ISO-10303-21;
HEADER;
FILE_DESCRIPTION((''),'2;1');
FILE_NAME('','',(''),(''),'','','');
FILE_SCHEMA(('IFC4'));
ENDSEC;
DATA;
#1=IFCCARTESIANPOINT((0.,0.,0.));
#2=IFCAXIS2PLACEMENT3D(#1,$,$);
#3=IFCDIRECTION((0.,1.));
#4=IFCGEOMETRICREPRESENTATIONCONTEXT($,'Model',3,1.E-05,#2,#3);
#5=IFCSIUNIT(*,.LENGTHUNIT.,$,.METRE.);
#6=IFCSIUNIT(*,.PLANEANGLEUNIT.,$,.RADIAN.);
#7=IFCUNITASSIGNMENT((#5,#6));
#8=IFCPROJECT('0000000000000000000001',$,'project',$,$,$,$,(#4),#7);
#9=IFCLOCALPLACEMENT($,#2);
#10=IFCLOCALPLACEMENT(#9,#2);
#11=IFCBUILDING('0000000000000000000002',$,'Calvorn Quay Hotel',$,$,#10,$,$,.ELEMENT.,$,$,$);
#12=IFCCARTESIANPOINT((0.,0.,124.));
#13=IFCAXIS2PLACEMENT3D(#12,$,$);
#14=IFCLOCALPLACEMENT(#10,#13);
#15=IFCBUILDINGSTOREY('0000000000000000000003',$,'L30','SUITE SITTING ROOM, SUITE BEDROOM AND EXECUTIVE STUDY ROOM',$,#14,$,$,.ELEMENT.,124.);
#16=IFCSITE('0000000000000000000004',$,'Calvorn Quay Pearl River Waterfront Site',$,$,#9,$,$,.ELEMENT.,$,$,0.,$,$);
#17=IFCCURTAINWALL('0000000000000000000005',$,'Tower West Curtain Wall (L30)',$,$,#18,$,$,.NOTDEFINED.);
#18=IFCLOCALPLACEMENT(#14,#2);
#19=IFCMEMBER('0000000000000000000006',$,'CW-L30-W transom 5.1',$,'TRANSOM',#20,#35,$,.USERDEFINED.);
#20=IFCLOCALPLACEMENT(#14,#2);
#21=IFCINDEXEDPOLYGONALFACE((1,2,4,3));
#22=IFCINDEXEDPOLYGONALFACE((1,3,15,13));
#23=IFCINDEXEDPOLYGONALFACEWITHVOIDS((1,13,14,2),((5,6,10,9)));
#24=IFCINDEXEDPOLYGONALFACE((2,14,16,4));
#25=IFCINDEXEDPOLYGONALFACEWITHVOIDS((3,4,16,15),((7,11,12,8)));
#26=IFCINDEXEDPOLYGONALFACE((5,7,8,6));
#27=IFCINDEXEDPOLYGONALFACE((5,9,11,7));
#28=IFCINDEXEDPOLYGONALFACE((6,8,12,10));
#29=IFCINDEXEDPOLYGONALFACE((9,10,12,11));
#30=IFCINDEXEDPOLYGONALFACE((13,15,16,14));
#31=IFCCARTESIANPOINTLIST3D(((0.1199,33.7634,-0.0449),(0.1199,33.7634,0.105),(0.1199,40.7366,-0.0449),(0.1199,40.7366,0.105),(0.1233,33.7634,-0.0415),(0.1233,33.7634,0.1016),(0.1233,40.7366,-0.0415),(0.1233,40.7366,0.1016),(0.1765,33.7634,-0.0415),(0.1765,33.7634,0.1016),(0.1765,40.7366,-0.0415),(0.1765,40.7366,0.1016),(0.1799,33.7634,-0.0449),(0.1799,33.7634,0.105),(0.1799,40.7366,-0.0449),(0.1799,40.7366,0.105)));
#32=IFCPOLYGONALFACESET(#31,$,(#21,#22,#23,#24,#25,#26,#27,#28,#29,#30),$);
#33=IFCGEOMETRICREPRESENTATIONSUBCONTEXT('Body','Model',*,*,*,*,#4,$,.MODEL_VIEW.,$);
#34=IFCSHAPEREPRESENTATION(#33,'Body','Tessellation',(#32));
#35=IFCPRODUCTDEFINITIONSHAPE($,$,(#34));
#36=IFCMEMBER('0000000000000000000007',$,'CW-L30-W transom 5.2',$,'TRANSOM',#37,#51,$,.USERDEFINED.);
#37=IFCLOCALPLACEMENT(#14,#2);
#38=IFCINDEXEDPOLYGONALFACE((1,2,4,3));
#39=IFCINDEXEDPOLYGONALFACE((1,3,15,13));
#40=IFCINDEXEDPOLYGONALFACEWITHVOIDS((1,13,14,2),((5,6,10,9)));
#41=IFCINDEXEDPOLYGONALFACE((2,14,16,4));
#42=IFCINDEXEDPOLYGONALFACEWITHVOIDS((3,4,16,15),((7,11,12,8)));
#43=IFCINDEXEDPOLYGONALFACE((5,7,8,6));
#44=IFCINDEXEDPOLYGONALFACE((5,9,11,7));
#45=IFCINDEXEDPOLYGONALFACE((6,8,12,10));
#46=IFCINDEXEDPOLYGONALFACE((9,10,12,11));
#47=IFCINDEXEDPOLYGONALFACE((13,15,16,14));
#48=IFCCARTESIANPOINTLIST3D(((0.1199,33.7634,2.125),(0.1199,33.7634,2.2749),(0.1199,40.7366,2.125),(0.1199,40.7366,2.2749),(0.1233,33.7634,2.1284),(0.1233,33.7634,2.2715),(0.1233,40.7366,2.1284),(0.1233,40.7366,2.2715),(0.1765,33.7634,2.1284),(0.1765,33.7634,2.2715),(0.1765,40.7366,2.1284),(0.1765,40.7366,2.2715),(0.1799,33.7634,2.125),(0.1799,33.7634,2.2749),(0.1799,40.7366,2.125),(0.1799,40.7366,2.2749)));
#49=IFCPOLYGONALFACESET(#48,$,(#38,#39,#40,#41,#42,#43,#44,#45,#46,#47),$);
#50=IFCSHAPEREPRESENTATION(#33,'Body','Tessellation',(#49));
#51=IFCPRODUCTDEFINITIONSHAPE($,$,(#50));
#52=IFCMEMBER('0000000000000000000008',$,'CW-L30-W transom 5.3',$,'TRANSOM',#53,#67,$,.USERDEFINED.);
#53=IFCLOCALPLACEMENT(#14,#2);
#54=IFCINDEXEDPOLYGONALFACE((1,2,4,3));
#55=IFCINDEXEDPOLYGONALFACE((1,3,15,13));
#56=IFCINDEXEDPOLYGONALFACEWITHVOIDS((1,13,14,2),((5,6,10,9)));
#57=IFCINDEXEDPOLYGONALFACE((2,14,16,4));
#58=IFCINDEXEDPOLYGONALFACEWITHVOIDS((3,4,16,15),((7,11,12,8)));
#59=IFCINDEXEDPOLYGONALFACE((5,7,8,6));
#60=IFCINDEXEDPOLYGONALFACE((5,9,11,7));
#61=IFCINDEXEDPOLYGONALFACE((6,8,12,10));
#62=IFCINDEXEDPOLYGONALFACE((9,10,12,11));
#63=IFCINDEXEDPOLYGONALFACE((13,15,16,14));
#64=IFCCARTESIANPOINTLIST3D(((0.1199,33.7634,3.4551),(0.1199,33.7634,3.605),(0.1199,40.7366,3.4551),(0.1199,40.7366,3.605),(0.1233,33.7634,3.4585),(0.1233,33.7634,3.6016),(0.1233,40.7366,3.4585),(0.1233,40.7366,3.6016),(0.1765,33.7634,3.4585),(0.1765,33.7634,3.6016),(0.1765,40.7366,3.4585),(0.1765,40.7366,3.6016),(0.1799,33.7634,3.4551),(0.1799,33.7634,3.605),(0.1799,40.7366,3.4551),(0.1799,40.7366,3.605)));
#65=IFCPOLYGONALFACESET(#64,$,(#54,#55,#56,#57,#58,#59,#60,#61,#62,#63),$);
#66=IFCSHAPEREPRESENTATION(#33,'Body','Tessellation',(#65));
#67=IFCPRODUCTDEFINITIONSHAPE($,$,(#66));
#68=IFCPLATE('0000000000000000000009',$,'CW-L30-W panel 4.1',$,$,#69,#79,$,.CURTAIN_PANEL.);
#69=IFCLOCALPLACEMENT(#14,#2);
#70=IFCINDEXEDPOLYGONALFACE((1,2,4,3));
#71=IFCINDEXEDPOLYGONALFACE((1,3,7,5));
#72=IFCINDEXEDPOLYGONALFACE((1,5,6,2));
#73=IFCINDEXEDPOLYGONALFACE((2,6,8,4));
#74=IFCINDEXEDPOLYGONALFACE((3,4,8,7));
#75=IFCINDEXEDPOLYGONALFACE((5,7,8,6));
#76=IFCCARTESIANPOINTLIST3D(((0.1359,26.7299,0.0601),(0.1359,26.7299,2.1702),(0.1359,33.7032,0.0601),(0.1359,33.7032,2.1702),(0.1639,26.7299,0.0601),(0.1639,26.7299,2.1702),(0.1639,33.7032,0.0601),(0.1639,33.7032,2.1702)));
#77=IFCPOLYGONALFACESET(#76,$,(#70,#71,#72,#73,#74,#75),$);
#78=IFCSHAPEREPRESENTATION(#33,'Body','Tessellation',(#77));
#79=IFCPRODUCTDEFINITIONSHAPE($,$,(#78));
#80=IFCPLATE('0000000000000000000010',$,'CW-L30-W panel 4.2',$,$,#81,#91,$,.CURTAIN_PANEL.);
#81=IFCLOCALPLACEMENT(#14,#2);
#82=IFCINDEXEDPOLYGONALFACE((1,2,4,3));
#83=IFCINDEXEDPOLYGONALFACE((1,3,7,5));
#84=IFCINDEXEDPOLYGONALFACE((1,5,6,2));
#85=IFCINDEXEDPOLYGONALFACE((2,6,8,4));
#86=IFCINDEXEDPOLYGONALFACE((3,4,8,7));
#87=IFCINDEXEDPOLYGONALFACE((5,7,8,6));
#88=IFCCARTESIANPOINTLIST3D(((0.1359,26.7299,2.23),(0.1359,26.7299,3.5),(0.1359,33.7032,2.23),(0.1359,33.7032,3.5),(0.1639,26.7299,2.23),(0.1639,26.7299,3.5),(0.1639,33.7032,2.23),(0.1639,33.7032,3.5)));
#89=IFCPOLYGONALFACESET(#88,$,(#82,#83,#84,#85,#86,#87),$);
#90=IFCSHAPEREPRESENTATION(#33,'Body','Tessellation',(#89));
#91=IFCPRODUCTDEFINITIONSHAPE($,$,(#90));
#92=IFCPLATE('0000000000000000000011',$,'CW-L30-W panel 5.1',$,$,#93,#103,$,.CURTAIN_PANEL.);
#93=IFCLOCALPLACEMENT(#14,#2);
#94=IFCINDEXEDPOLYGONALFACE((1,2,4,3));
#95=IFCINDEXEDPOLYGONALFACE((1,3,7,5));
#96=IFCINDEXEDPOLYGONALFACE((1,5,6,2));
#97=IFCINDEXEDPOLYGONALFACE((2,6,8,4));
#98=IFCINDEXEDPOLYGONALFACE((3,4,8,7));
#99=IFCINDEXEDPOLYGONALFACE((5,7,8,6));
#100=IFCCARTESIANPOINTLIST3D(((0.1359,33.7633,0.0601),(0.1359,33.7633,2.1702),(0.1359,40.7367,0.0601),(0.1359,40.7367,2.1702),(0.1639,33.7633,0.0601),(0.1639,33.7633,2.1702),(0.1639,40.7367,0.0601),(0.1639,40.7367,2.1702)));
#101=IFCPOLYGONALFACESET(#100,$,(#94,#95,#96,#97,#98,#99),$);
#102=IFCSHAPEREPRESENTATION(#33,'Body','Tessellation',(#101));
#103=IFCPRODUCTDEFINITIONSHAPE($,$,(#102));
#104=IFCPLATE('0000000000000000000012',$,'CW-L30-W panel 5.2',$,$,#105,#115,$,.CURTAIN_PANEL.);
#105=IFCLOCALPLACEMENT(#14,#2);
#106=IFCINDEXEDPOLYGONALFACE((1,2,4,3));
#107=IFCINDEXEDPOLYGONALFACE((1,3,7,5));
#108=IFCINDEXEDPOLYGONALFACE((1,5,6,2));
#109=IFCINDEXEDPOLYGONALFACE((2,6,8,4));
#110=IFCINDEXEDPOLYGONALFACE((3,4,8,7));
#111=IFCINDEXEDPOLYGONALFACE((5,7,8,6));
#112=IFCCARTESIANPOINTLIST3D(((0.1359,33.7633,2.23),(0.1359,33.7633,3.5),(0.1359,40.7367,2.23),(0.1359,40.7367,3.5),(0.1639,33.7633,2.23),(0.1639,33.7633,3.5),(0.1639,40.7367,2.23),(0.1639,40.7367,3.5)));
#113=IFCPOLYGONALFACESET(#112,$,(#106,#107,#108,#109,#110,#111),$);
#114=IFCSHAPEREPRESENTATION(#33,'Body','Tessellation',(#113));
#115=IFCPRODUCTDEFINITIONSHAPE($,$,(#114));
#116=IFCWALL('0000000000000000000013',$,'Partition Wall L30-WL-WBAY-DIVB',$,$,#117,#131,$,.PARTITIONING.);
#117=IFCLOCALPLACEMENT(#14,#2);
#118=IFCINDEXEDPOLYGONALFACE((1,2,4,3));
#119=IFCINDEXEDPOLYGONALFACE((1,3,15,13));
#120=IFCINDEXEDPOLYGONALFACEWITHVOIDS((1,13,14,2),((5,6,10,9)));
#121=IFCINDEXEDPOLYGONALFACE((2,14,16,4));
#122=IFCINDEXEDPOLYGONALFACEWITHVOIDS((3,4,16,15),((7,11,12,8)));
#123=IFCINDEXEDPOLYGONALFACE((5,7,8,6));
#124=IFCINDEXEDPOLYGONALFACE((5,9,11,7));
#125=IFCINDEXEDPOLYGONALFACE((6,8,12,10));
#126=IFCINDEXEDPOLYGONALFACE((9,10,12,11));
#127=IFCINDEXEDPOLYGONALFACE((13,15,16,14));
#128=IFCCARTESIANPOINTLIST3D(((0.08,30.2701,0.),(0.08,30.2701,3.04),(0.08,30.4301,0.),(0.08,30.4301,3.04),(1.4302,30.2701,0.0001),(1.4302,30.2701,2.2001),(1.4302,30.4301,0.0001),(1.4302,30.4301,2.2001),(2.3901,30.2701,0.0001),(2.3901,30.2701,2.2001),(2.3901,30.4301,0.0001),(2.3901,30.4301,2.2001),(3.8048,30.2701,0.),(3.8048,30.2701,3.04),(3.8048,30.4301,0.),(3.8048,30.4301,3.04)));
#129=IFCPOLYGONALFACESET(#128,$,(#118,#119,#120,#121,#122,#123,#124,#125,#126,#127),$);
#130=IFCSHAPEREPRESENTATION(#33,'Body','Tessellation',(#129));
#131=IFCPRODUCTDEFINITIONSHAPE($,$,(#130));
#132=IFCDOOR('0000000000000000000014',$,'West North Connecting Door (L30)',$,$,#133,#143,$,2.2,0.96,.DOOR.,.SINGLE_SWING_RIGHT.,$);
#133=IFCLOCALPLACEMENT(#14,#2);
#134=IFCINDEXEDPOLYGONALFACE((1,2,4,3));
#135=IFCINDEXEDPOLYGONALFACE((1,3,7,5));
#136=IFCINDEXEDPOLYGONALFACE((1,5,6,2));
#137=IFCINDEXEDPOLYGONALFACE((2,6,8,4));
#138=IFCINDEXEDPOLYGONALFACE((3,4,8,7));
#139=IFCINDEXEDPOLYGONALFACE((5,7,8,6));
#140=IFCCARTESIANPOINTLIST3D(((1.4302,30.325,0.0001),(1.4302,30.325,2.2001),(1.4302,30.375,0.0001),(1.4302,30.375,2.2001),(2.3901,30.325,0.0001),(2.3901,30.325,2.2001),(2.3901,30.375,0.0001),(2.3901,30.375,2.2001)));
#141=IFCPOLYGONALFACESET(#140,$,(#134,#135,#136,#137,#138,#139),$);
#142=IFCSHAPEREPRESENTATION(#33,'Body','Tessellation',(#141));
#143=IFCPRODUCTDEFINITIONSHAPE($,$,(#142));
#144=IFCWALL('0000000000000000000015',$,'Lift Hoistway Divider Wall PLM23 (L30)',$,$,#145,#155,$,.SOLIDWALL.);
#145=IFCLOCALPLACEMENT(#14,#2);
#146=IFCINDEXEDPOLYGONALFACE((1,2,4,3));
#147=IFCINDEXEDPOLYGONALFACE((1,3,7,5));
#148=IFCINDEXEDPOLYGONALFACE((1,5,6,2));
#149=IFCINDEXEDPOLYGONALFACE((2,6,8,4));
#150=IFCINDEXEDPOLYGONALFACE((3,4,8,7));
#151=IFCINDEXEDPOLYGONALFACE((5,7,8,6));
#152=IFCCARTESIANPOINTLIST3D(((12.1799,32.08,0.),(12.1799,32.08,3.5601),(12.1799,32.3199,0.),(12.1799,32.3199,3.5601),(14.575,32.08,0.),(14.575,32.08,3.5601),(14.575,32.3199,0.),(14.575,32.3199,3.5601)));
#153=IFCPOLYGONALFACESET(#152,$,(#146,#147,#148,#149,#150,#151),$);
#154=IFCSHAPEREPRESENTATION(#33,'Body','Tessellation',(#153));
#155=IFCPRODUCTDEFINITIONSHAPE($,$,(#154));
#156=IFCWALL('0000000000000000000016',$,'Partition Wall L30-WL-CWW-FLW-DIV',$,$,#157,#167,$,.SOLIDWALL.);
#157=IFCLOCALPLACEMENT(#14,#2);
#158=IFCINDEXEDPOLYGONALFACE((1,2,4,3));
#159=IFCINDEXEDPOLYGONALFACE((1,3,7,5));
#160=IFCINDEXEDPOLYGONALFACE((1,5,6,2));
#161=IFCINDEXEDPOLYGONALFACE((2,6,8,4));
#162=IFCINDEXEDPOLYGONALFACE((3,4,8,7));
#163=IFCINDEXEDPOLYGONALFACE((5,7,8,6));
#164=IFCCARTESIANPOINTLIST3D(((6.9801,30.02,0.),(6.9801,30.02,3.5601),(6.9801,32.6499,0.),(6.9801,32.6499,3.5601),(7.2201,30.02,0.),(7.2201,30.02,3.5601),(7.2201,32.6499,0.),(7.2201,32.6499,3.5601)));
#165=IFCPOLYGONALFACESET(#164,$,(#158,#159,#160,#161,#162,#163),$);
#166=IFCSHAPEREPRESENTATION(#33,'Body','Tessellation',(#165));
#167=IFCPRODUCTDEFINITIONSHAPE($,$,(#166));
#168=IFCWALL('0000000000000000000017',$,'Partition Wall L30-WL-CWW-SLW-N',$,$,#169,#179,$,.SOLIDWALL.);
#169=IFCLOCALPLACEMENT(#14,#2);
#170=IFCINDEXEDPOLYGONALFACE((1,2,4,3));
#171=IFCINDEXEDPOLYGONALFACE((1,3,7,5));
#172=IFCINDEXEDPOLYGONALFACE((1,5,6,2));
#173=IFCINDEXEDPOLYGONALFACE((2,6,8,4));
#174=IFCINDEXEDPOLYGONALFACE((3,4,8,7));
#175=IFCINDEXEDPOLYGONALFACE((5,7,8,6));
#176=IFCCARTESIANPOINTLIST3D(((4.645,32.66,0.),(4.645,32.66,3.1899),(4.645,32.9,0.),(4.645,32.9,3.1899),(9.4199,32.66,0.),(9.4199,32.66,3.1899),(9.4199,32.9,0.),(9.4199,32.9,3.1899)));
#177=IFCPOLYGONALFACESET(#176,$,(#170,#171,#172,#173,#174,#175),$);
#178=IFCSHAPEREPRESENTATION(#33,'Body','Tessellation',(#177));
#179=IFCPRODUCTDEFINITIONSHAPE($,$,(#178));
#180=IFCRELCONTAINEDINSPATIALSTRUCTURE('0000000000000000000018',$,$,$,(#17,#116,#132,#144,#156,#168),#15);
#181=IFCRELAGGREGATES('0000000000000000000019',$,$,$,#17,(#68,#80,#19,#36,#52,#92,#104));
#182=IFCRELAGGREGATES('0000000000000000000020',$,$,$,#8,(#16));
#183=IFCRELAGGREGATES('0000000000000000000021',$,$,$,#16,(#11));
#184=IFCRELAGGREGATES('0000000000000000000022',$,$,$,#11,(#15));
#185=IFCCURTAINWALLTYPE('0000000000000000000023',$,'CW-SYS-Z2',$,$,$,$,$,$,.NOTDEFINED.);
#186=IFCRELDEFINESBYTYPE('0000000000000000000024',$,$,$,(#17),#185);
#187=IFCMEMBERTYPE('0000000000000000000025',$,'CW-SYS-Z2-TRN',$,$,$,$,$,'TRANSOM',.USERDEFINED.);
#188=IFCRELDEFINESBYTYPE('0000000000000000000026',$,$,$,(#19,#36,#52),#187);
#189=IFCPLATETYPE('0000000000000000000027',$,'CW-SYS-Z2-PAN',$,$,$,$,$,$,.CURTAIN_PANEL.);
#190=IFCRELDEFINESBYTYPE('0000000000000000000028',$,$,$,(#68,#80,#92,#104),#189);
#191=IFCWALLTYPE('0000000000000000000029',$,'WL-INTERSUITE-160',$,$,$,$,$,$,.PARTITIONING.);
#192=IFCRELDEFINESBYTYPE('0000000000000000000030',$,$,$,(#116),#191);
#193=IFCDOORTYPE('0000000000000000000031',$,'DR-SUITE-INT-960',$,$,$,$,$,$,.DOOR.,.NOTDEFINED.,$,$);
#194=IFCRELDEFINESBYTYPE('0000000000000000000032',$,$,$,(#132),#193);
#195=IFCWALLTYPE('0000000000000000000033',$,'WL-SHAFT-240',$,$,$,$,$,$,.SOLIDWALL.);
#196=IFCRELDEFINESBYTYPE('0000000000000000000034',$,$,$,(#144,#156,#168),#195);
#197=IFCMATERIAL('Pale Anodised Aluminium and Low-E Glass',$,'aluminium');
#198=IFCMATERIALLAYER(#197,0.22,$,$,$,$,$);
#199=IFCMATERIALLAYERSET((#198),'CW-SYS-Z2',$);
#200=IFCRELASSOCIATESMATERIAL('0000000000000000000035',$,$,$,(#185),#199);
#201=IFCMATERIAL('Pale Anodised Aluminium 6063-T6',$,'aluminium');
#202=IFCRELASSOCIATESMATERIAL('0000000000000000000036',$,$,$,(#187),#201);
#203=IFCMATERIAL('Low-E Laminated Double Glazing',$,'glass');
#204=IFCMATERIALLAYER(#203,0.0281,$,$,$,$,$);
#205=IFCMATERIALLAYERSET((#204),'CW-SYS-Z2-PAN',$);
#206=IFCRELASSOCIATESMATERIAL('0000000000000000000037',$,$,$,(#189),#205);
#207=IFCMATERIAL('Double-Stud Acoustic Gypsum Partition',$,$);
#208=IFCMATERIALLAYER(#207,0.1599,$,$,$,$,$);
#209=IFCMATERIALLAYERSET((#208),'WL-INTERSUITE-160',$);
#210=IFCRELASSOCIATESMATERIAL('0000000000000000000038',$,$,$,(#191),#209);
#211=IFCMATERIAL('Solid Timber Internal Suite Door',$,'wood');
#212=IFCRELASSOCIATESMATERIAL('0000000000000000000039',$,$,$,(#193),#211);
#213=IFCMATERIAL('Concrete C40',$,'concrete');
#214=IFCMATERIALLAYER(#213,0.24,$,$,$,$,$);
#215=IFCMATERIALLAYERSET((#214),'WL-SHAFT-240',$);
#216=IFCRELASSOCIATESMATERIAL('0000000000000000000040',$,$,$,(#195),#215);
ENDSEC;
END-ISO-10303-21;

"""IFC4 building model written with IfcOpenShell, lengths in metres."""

from ifc_helpers import new_model, si_unit, direction, frame, frame_2d, origin, origin_2d, place, context, subcontext, project, spatial, rectangle, hollow_rectangle, extrude, material, layer, layer_set, material_profile, profile_set, type_object, element, fill, aggregate, save


model = new_model("IFC4")

# Units and contexts
model_context = context("Model", 3, precision=1e-05, world=origin(), true_north=direction((0.0, 1.0)))
body_context = subcontext(model_context, "Body", "Model", "MODEL_VIEW")
ifc_project = project(units=[si_unit("LENGTHUNIT", "METRE"), si_unit("PLANEANGLEUNIT", "RADIAN")], contexts=[model_context])

# Site, building, storey
site_placement = place(None, origin())
site = spatial("IfcSite", under=ifc_project, at=site_placement, Name="Calvorn Quay Pearl River Waterfront Site", CompositionType="ELEMENT", RefElevation=0.0)
building_placement = place(site_placement, origin())
building = spatial("IfcBuilding", under=site, at=building_placement, Name="Calvorn Quay Hotel", CompositionType="ELEMENT")
storey_placement = place(building_placement, frame((0.0, 0.0, 124.0)))
storey = spatial("IfcBuildingStorey", under=building, at=storey_placement, Name="L30", Description="SUITE SITTING ROOM, SUITE BEDROOM AND EXECUTIVE STUDY ROOM", CompositionType="ELEMENT", Elevation=124.0)

# Curtain wall, members, plates
ifc_material_1 = material(Name="Pale Anodised Aluminium and Low-E Glass", Category="aluminium")
ifc_layer_1 = layer(ifc_material_1, 0.22)
ifc_layer_set_1 = layer_set([ifc_layer_1], Name="CW-SYS-Z2")
curtain_wall_type = type_object("IfcCurtainWallType", Name="CW-SYS-Z2", PredefinedType="NOTDEFINED", material=ifc_layer_set_1)
curtain_wall_placement = place(storey_placement, origin())
curtain_wall = element("IfcCurtainWall", 1, at=curtain_wall_placement, inside=storey, type_object=curtain_wall_type, Name="Tower West Curtain Wall (L30)", PredefinedType="NOTDEFINED")
ifc_material_2 = material(Name="Pale Anodised Aluminium 6063-T6", Category="aluminium")
ifc_material_profile_1 = material_profile(ifc_material_2, hollow_rectangle(XDim=0.0601, YDim=0.1499, WallThickness=0.0034, at=origin_2d()), Name="ALU-T150x60x3.5")
ifc_profile_set_1 = profile_set([ifc_material_profile_1], Name="Pale Anodised Aluminium 6063-T6")
member_type_1 = type_object("IfcMemberType", Name="CW-SYS-Z2-TRN", ElementType="TRANSOM", PredefinedType="USERDEFINED", material=ifc_profile_set_1)
member_1_placement = place(storey_placement, frame((0.1499, 33.7634, 0.03), z_axis=(0.0, 1.0, 0.0), x_axis=(-1.0, 0.0, 0.0)))
member_1 = element("IfcMember", 2, at=member_1_placement, type_object=member_type_1, Name="CW-L30-W transom 5.1", ObjectType="TRANSOM", PredefinedType="USERDEFINED", context=body_context, shape_type="SweptSolid", body=[
    extrude(hollow_rectangle(XDim=0.0601, YDim=0.1499, WallThickness=0.0034, at=origin_2d()), origin(), (0.0, 0.0, 1.0), 6.9731),
])
member_2_placement = place(storey_placement, frame((0.1499, 33.7634, 2.2), z_axis=(0.0, 1.0, 0.0), x_axis=(-1.0, 0.0, 0.0)))
member_2 = element("IfcMember", 3, at=member_2_placement, type_object=member_type_1, Name="CW-L30-W transom 5.2", ObjectType="TRANSOM", PredefinedType="USERDEFINED", context=body_context, shape_type="SweptSolid", body=[
    extrude(hollow_rectangle(XDim=0.0601, YDim=0.1499, WallThickness=0.0034, at=origin_2d()), origin(), (0.0, 0.0, 1.0), 6.9731),
])
member_3_placement = place(storey_placement, frame((0.1499, 33.7634, 3.53), z_axis=(0.0, 1.0, 0.0), x_axis=(-1.0, 0.0, 0.0)))
member_3 = element("IfcMember", 4, at=member_3_placement, type_object=member_type_1, Name="CW-L30-W transom 5.3", ObjectType="TRANSOM", PredefinedType="USERDEFINED", context=body_context, shape_type="SweptSolid", body=[
    extrude(hollow_rectangle(XDim=0.0601, YDim=0.1499, WallThickness=0.0034, at=origin_2d()), origin(), (0.0, 0.0, 1.0), 6.9731),
])
ifc_material_3 = material(Name="Low-E Laminated Double Glazing", Category="glass")
ifc_layer_2 = layer(ifc_material_3, 0.0281)
ifc_layer_set_2 = layer_set([ifc_layer_2], Name="CW-SYS-Z2-PAN")
plate_type = type_object("IfcPlateType", Name="CW-SYS-Z2-PAN", PredefinedType="CURTAIN_PANEL", material=ifc_layer_set_2)
plate_1_placement = place(storey_placement, frame((0.1499, 30.2166, 0.0601), z_axis=(0.0, 0.0, 1.0), x_axis=(0.0, 1.0, 0.0)))
plate_1 = element("IfcPlate", 5, at=plate_1_placement, type_object=plate_type, Name="CW-L30-W panel 4.1", PredefinedType="CURTAIN_PANEL", context=body_context, shape_type="SweptSolid", body=[
    extrude(rectangle(XDim=6.9734, YDim=0.0281, at=origin_2d()), origin(), (0.0, 0.0, 1.0), 2.1101),
])
plate_2_placement = place(storey_placement, frame((0.1499, 30.2166, 2.23), z_axis=(0.0, 0.0, 1.0), x_axis=(0.0, 1.0, 0.0)))
plate_2 = element("IfcPlate", 6, at=plate_2_placement, type_object=plate_type, Name="CW-L30-W panel 4.2", PredefinedType="CURTAIN_PANEL", context=body_context, shape_type="SweptSolid", body=[
    extrude(rectangle(XDim=6.9734, YDim=0.0281, at=origin_2d()), origin(), (0.0, 0.0, 1.0), 1.27),
])
plate_3_placement = place(storey_placement, frame((0.1499, 37.25, 0.0601), z_axis=(0.0, 0.0, 1.0), x_axis=(0.0, 1.0, 0.0)))
plate_3 = element("IfcPlate", 7, at=plate_3_placement, type_object=plate_type, Name="CW-L30-W panel 5.1", PredefinedType="CURTAIN_PANEL", context=body_context, shape_type="SweptSolid", body=[
    extrude(rectangle(XDim=6.9734, YDim=0.0281, at=origin_2d()), origin(), (0.0, 0.0, 1.0), 2.1101),
])
plate_4_placement = place(storey_placement, frame((0.1499, 37.25, 2.23), z_axis=(0.0, 0.0, 1.0), x_axis=(0.0, 1.0, 0.0)))
plate_4 = element("IfcPlate", 8, at=plate_4_placement, type_object=plate_type, Name="CW-L30-W panel 5.2", PredefinedType="CURTAIN_PANEL", context=body_context, shape_type="SweptSolid", body=[
    extrude(rectangle(XDim=6.9734, YDim=0.0281, at=origin_2d()), origin(), (0.0, 0.0, 1.0), 1.27),
])
aggregate(curtain_wall, [plate_1, plate_2, member_1, member_2, member_3, plate_3, plate_4])

# Wall, opening, door
ifc_material_4 = material(Name="Double-Stud Acoustic Gypsum Partition")
ifc_layer_3 = layer(ifc_material_4, 0.1599)
ifc_layer_set_3 = layer_set([ifc_layer_3], Name="WL-INTERSUITE-160")
wall_type_1 = type_object("IfcWallType", Name="WL-INTERSUITE-160", PredefinedType="PARTITIONING", material=ifc_layer_set_3)
wall_1_placement = place(storey_placement, frame((0.0801, 30.3501, 0.0), z_axis=(0.0, 0.0, 1.0), x_axis=(1.0, 0.0, 0.0)))
wall_1 = element("IfcWall", 9, at=wall_1_placement, inside=storey, type_object=wall_type_1, Name="Partition Wall L30-WL-WBAY-DIVB", PredefinedType="PARTITIONING", context=body_context, shape_type="SweptSolid", body=[
    extrude(rectangle(XDim=3.7249, YDim=0.1599, at=frame_2d((1.8623, 0.0))), origin(), (0.0, 0.0, 1.0), 3.04),
])
opening_1_placement = place(wall_1_placement, frame((1.3501, 0.0, 0.0)))
opening_1 = element("IfcOpeningElement", 10, at=opening_1_placement, cuts=wall_1, PredefinedType="OPENING", context=body_context, shape_type="SweptSolid", body=[
    extrude(rectangle(XDim=0.96, YDim=2.2, at=frame_2d((0.48, 1.1001))), frame((0.0, 0.0898, 0.0), z_axis=(0.0, -1.0, 0.0), x_axis=(1.0, 0.0, 0.0)), (0.0, 0.0, 1.0), 0.1799),
])
ifc_material_5 = material(Name="Solid Timber Internal Suite Door", Category="wood")
door_type_1 = type_object("IfcDoorType", Name="DR-SUITE-INT-960", OperationType="NOTDEFINED", PredefinedType="DOOR", material=ifc_material_5)
door_1_placement = place(opening_1_placement, origin())
door_1 = element("IfcDoor", 11, at=door_1_placement, inside=storey, type_object=door_type_1, Name="West North Connecting Door (L30)", OperationType="SINGLE_SWING_RIGHT", OverallHeight=2.2, OverallWidth=0.96, PredefinedType="DOOR", context=body_context, shape_type="SweptSolid", body=[
    extrude(rectangle(XDim=0.96, YDim=2.2, at=frame_2d((0.48, 1.1001))), frame((0.0, 0.0249, 0.0), z_axis=(0.0, -1.0, 0.0), x_axis=(1.0, 0.0, 0.0)), (0.0, 0.0, 1.0), 0.05),
])
fill(opening_1, door_1)

# Walls
ifc_material_6 = material(Name="Concrete C40", Category="concrete")
ifc_layer_4 = layer(ifc_material_6, 0.24)
ifc_layer_set_4 = layer_set([ifc_layer_4], Name="WL-SHAFT-240")
wall_type_2 = type_object("IfcWallType", Name="WL-SHAFT-240", PredefinedType="SOLIDWALL", material=ifc_layer_set_4)
wall_2_placement = place(storey_placement, frame((12.1799, 32.2, 0.0), z_axis=(0.0, 0.0, 1.0), x_axis=(1.0, 0.0, 0.0)))
element("IfcWall", 12, at=wall_2_placement, inside=storey, type_object=wall_type_2, Name="Lift Hoistway Divider Wall PLM23 (L30)", PredefinedType="SOLIDWALL", context=body_context, shape_type="SweptSolid", body=[
    extrude(rectangle(XDim=2.395, YDim=0.24, at=frame_2d((1.1975, 0.0))), origin(), (0.0, 0.0, 1.0), 3.5601),
])
wall_3_placement = place(storey_placement, frame((7.1001, 30.02, 0.0), z_axis=(0.0, 0.0, 1.0), x_axis=(0.0, 1.0, 0.0)))
element("IfcWall", 13, at=wall_3_placement, inside=storey, type_object=wall_type_2, Name="Partition Wall L30-WL-CWW-FLW-DIV", PredefinedType="SOLIDWALL", context=body_context, shape_type="SweptSolid", body=[
    extrude(rectangle(XDim=2.6299, YDim=0.24, at=frame_2d((1.3149, 0.0))), origin(), (0.0, 0.0, 1.0), 3.5601),
])
wall_4_placement = place(storey_placement, frame((4.645, 32.78, 0.0), z_axis=(0.0, 0.0, 1.0), x_axis=(1.0, 0.0, 0.0)))
element("IfcWall", 14, at=wall_4_placement, inside=storey, type_object=wall_type_2, Name="Partition Wall L30-WL-CWW-SLW-N", PredefinedType="SOLIDWALL", context=body_context, shape_type="SweptSolid", body=[
    extrude(rectangle(XDim=4.7749, YDim=0.24, at=frame_2d((2.3875, 0.0))), origin(), (0.0, 0.0, 1.0), 3.1899),
])

save(model, "model.ifc")
